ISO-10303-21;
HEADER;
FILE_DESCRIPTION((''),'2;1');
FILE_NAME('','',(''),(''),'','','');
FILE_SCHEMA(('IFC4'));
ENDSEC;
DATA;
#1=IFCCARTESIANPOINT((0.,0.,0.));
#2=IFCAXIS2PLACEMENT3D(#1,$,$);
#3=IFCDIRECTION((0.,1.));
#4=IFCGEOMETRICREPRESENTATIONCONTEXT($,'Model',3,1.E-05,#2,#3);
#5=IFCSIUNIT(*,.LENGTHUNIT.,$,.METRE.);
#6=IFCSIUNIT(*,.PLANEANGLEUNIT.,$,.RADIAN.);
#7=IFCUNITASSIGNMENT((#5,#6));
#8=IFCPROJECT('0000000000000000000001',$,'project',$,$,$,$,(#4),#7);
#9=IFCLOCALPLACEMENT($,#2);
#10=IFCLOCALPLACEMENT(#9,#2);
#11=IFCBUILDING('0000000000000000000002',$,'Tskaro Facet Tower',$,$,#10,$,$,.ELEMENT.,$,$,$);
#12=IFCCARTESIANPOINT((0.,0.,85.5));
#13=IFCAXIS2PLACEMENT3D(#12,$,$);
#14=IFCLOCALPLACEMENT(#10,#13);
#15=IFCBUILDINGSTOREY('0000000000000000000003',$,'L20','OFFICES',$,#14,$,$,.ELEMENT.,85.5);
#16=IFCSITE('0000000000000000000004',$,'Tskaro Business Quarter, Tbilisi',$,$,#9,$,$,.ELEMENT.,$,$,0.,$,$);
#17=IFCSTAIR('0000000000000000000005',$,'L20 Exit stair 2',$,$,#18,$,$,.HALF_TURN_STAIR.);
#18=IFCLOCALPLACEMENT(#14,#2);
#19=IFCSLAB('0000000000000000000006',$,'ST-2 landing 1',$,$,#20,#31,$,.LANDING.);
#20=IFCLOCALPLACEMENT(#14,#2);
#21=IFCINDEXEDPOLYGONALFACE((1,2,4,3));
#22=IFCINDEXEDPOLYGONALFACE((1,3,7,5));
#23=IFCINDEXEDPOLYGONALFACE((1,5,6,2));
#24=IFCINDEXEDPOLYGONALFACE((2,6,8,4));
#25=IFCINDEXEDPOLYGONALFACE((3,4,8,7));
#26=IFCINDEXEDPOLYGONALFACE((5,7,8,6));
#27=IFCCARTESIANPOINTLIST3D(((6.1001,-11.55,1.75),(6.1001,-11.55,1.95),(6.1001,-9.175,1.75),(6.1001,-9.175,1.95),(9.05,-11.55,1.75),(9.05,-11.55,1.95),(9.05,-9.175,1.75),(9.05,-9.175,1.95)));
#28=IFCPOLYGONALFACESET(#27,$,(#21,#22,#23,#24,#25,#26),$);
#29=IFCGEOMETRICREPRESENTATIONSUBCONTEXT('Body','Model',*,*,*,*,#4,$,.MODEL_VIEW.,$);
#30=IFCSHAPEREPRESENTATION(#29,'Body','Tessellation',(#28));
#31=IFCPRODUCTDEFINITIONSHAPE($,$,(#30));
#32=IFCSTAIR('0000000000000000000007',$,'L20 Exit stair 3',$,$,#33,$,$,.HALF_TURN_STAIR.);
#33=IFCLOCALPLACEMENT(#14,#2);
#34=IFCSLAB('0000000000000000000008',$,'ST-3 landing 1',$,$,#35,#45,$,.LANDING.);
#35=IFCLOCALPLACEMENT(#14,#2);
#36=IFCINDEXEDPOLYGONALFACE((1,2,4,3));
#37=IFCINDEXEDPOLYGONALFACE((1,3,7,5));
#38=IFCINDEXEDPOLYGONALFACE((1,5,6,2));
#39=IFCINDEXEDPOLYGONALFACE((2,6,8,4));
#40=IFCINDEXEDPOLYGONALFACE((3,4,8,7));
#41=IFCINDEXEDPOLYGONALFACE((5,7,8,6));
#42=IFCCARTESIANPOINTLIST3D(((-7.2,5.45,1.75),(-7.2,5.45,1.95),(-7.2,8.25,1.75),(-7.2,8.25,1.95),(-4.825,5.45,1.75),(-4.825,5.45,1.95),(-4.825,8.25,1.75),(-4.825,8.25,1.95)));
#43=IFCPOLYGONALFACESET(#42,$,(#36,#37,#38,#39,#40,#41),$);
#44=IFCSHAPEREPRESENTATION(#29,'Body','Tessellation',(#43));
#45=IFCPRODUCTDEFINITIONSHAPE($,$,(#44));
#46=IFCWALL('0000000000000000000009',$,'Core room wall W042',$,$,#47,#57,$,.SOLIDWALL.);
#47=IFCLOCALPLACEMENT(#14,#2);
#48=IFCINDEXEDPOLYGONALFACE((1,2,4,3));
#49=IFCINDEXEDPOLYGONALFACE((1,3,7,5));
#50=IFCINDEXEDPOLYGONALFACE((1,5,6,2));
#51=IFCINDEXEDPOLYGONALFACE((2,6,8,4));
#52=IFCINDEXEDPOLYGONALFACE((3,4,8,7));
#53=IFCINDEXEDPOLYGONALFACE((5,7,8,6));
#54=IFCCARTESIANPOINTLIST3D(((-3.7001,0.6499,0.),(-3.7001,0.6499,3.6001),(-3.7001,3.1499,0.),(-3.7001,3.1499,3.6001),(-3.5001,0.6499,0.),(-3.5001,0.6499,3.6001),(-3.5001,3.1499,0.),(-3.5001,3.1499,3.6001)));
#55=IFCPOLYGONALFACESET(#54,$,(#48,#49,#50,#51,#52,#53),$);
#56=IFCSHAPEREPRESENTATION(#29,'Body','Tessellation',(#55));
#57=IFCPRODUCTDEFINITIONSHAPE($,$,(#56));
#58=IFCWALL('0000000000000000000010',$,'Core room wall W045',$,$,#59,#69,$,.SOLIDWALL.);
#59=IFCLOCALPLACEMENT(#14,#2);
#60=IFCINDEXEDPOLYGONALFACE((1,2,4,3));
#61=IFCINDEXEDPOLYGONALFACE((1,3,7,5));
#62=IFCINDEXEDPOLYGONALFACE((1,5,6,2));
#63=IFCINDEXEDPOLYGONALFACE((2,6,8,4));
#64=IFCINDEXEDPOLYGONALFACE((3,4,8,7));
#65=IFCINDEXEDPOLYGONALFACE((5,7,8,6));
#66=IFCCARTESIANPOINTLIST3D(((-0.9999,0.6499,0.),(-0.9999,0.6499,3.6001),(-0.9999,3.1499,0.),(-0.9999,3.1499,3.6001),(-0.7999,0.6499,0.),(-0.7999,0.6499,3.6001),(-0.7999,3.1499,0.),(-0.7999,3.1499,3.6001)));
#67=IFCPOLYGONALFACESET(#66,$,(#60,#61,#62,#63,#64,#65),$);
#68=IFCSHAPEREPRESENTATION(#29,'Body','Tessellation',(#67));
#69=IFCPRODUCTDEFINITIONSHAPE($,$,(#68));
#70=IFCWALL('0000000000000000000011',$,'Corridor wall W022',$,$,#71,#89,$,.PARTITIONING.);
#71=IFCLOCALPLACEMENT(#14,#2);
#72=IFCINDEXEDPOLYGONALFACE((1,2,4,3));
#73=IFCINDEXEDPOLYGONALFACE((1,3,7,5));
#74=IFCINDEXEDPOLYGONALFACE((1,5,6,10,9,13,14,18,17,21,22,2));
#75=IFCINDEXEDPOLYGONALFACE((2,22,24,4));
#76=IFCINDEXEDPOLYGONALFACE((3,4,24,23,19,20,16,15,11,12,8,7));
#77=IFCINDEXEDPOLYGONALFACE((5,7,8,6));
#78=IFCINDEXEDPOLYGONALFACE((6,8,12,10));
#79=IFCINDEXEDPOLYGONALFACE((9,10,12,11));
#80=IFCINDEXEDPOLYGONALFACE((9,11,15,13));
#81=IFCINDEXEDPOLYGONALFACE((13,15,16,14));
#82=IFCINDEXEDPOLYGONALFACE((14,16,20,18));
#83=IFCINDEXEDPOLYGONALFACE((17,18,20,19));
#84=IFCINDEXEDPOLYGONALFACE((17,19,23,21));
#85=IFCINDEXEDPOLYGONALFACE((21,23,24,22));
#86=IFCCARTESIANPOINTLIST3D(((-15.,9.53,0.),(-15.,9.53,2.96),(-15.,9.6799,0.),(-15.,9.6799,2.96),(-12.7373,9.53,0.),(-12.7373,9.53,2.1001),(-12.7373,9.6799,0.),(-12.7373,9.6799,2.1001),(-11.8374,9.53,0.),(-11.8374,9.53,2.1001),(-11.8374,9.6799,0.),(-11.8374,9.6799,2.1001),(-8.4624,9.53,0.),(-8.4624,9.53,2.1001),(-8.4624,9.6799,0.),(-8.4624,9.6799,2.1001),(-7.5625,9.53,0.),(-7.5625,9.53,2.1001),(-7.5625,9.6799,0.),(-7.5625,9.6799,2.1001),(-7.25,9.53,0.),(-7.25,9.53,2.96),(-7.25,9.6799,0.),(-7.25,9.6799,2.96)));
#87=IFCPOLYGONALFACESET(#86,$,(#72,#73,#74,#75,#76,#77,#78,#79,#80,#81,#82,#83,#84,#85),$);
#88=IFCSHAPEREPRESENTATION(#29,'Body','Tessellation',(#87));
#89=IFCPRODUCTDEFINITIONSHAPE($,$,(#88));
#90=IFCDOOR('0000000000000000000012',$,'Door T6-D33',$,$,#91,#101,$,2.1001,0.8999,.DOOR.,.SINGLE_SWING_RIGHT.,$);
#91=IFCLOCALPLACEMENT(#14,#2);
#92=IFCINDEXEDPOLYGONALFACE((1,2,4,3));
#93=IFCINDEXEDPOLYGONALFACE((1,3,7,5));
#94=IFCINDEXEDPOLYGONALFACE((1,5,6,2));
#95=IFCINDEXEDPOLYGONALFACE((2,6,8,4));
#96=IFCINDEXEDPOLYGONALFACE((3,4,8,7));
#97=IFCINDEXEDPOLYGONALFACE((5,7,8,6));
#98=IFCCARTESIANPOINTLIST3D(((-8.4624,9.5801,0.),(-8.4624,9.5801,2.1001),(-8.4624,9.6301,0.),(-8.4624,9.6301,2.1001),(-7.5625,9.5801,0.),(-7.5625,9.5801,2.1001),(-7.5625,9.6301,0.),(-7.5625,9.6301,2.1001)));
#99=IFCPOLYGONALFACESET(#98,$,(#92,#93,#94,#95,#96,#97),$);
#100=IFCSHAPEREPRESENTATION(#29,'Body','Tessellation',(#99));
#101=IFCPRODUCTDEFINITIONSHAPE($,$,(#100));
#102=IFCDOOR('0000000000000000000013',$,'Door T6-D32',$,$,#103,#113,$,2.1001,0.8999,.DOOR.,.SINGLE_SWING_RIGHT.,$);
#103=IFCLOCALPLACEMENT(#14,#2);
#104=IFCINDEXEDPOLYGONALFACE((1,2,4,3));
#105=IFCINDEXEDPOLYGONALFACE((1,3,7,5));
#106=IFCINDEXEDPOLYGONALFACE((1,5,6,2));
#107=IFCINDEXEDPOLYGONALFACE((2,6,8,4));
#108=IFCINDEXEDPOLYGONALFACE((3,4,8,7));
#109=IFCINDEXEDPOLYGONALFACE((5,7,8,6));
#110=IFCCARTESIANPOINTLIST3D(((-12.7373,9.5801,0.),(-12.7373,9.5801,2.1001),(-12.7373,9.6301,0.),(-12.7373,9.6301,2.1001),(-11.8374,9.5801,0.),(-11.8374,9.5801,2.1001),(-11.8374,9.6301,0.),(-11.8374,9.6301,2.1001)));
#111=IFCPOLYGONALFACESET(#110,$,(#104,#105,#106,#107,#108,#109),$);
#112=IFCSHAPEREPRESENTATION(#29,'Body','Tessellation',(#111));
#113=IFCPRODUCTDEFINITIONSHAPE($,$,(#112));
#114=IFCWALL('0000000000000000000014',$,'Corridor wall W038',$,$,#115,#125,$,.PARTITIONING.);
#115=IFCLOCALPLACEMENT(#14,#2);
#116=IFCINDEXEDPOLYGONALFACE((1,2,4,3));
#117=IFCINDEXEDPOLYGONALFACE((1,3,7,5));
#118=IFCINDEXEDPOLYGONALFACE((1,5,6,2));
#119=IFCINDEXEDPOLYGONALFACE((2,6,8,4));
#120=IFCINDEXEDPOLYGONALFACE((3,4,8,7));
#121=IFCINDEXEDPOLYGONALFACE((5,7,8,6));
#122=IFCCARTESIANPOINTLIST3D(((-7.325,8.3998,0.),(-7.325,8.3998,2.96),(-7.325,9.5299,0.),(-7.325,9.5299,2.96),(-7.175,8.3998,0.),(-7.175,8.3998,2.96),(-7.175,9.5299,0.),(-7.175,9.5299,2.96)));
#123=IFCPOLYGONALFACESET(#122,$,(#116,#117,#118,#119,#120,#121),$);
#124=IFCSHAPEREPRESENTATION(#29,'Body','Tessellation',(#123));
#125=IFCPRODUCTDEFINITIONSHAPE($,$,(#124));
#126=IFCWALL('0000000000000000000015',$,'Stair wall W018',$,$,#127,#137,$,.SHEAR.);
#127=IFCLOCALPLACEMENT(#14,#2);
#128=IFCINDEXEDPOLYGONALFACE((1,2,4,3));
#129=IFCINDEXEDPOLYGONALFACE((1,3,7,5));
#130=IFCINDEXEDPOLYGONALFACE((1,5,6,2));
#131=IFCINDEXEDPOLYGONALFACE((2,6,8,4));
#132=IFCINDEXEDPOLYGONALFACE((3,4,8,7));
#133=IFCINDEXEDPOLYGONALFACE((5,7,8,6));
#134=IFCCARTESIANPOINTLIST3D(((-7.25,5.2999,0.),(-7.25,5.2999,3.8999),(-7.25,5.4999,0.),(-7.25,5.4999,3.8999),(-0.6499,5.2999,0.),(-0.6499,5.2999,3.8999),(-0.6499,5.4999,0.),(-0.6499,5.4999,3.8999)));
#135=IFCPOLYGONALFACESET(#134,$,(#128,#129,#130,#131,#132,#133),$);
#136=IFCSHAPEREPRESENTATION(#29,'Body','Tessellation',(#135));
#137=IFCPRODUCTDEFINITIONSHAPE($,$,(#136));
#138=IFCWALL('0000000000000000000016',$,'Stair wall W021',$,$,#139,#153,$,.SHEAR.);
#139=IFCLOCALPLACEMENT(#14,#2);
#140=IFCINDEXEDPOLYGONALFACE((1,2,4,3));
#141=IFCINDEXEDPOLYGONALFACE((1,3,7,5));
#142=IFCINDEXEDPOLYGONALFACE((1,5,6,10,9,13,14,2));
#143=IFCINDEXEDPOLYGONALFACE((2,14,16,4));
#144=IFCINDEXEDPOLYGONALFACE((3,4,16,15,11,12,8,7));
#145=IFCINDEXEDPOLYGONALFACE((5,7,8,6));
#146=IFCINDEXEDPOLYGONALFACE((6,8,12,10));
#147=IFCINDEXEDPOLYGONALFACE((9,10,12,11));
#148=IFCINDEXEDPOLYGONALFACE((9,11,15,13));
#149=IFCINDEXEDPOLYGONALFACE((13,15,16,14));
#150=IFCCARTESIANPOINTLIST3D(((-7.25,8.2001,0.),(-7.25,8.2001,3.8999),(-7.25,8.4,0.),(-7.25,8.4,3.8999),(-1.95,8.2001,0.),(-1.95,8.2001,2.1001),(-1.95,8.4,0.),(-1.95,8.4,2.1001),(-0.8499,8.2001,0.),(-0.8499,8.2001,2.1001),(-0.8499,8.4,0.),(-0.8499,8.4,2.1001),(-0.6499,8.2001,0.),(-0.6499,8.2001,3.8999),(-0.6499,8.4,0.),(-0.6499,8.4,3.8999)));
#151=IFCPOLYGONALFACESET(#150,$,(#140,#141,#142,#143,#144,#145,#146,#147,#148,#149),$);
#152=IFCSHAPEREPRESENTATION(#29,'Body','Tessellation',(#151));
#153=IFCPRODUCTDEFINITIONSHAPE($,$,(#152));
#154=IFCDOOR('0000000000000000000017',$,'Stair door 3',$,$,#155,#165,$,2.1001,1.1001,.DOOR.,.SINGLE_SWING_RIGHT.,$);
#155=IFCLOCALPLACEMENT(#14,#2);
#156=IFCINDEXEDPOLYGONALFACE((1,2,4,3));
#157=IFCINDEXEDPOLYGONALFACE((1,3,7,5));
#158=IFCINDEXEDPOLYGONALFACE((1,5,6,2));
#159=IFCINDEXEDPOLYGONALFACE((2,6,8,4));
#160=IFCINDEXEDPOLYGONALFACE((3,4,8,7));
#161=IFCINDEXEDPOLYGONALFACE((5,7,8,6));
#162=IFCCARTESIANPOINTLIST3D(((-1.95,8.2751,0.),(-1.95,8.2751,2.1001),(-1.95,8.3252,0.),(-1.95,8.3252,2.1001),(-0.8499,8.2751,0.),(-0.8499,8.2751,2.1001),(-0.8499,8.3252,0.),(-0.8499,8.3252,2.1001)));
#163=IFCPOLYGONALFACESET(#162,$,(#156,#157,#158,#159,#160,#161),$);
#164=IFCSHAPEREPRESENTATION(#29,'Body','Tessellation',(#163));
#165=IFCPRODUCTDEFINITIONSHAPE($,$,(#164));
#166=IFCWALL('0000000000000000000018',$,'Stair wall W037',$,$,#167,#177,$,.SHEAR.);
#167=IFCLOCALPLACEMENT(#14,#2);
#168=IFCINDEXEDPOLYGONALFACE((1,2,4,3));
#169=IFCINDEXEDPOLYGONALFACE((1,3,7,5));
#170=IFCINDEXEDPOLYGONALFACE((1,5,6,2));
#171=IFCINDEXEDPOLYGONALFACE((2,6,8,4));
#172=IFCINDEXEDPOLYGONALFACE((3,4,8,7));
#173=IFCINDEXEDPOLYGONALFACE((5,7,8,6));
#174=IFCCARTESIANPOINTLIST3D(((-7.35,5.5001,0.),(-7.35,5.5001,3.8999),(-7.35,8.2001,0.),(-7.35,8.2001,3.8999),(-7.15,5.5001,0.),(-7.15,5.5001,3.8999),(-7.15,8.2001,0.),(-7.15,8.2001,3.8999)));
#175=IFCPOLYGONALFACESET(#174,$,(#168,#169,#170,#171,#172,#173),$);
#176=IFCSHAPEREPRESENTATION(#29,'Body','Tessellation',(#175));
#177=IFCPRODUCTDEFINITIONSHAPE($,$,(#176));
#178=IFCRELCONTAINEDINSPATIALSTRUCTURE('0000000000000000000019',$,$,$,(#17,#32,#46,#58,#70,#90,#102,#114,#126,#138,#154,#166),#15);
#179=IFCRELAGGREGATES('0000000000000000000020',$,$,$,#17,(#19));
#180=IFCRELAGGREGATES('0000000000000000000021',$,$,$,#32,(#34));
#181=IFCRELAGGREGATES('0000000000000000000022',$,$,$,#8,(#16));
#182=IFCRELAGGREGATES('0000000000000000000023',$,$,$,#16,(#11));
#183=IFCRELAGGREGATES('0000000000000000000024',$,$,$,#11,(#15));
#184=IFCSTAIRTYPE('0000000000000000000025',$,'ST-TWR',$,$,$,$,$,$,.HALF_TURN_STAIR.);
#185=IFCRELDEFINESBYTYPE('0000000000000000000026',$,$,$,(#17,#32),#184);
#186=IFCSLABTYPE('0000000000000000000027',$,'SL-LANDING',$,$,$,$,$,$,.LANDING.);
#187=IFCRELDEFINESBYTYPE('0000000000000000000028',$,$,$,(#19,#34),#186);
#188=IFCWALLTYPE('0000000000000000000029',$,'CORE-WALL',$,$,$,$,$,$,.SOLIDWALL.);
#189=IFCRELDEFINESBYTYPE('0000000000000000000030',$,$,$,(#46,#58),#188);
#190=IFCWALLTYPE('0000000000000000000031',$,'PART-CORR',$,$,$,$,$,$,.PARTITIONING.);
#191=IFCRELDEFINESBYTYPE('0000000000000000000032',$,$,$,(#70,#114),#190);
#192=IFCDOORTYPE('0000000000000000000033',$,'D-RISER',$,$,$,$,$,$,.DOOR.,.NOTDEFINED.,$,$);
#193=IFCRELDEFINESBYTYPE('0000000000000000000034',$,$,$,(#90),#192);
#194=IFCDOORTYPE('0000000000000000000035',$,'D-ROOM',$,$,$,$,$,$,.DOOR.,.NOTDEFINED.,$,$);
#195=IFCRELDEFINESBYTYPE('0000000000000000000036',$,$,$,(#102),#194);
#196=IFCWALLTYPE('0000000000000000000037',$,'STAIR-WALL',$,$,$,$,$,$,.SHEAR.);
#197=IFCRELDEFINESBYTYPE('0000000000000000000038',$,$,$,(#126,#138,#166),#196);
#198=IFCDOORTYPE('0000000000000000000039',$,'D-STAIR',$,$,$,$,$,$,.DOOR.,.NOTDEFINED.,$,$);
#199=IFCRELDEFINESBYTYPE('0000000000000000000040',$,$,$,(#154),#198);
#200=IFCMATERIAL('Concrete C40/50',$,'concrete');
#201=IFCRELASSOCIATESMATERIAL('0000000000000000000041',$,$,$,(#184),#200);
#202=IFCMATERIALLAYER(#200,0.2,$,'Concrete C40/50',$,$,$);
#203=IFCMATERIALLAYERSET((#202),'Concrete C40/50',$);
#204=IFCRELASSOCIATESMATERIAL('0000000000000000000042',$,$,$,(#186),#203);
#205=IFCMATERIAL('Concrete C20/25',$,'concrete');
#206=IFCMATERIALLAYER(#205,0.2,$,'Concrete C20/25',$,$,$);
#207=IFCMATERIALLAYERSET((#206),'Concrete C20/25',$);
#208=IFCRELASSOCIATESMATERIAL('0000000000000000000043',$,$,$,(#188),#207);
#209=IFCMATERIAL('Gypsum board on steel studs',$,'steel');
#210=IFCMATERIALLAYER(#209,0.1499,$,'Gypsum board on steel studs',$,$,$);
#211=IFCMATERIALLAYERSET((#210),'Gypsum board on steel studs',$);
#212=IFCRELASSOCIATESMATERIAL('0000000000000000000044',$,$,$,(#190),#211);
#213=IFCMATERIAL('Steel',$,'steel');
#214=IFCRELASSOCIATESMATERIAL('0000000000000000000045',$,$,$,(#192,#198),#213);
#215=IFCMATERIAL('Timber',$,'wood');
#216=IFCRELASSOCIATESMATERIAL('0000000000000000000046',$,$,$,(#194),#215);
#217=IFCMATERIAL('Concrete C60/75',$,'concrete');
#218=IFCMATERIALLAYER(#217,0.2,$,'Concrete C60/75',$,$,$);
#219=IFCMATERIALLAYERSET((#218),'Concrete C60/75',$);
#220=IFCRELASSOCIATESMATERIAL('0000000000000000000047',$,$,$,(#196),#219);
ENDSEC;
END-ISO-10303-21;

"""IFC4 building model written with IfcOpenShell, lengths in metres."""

from ifc_helpers import new_model, si_unit, direction, frame, frame_2d, origin, place, context, subcontext, project, spatial, polyline, rectangle, outline, extrude, material, layer, layer_set, type_object, element, fill, aggregate, save


model = new_model("IFC4")

# Units and contexts
model_context = context("Model", 3, precision=1e-05, world=origin(), true_north=direction((0.0, 1.0)))
body_context = subcontext(model_context, "Body", "Model", "MODEL_VIEW")
ifc_project = project(units=[si_unit("LENGTHUNIT", "METRE"), si_unit("PLANEANGLEUNIT", "RADIAN")], contexts=[model_context])

# Site, building, storey
site_placement = place(None, origin())
site = spatial("IfcSite", under=ifc_project, at=site_placement, Name="Tskaro Business Quarter, Tbilisi", CompositionType="ELEMENT", RefElevation=0.0)
building_placement = place(site_placement, origin())
building = spatial("IfcBuilding", under=site, at=building_placement, Name="Tskaro Facet Tower", CompositionType="ELEMENT")
storey_placement = place(building_placement, frame((0.0, 0.0, 85.5)))
storey = spatial("IfcBuildingStorey", under=building, at=storey_placement, Name="L20", Description="OFFICES", CompositionType="ELEMENT", Elevation=85.5)

# Stairs, slabs
ifc_material_1 = material(Name="Concrete C40/50", Category="concrete")
stair_type = type_object("IfcStairType", Name="ST-TWR", PredefinedType="HALF_TURN_STAIR", material=ifc_material_1)
ifc_layer_1 = layer(ifc_material_1, 0.2, Name="Concrete C40/50")
ifc_layer_set_1 = layer_set([ifc_layer_1], Name="Concrete C40/50")
slab_type = type_object("IfcSlabType", Name="SL-LANDING", PredefinedType="LANDING", material=ifc_layer_set_1)
stair_1_placement = place(storey_placement, origin())
stair_1 = element("IfcStair", 1, at=stair_1_placement, inside=storey, type_object=stair_type, Name="L20 Exit stair 2", PredefinedType="HALF_TURN_STAIR")
slab_1_placement = place(storey_placement, frame((0.0, 0.0, 1.75)))
slab_1 = element("IfcSlab", 2, at=slab_1_placement, type_object=slab_type, Name="ST-2 landing 1", PredefinedType="LANDING", context=body_context, shape_type="SweptSolid", body=[
    extrude(outline(polyline([(6.1001, -11.55), (9.05, -11.55), (9.05, -9.175), (6.1001, -9.175), (6.1001, -11.55)])), origin(), (0.0, 0.0, 1.0), 0.2),
])
aggregate(stair_1, [slab_1])
stair_2_placement = place(storey_placement, origin())
stair_2 = element("IfcStair", 3, at=stair_2_placement, inside=storey, type_object=stair_type, Name="L20 Exit stair 3", PredefinedType="HALF_TURN_STAIR")
slab_2_placement = place(storey_placement, frame((0.0, 0.0, 1.75)))
slab_2 = element("IfcSlab", 4, at=slab_2_placement, type_object=slab_type, Name="ST-3 landing 1", PredefinedType="LANDING", context=body_context, shape_type="SweptSolid", body=[
    extrude(outline(polyline([(-7.2, 5.45), (-4.825, 5.45), (-4.825, 8.25), (-7.2, 8.25), (-7.2, 5.45)])), origin(), (0.0, 0.0, 1.0), 0.2),
])

# Walls
ifc_material_2 = material(Name="Concrete C20/25", Category="concrete")
ifc_layer_2 = layer(ifc_material_2, 0.2, Name="Concrete C20/25")
ifc_layer_set_2 = layer_set([ifc_layer_2], Name="Concrete C20/25")
wall_type_1 = type_object("IfcWallType", Name="CORE-WALL", PredefinedType="SOLIDWALL", material=ifc_layer_set_2)
for number, where, z_axis, x_axis, name in (
    (5, (-3.6001, 0.6499, 0.0), (0.0, 0.0, 1.0), (0.0, 1.0, 0.0), "Core room wall W042"),
    (6, (-0.8999, 0.6499, 0.0), (0.0, 0.0, 1.0), (0.0, 1.0, 0.0), "Core room wall W045"),
):
    element("IfcWall", number, at=place(storey_placement, frame(where, z_axis=z_axis, x_axis=x_axis)), inside=storey, type_object=wall_type_1, Name=name, PredefinedType="SOLIDWALL", context=body_context, shape_type="SweptSolid", body=[
        extrude(rectangle(XDim=2.5, YDim=0.2, at=frame_2d((1.25, 0.0))), origin(), (0.0, 0.0, 1.0), 3.6001),
    ])

# Wall, openings, doors
ifc_material_3 = material(Name="Gypsum board on steel studs", Category="steel")
ifc_layer_3 = layer(ifc_material_3, 0.1499, Name="Gypsum board on steel studs")
ifc_layer_set_3 = layer_set([ifc_layer_3], Name="Gypsum board on steel studs")
wall_type_2 = type_object("IfcWallType", Name="PART-CORR", PredefinedType="PARTITIONING", material=ifc_layer_set_3)
wall_1_placement = place(storey_placement, frame((-7.25, 9.605, 0.0), z_axis=(0.0, 0.0, 1.0), x_axis=(-1.0, 0.0, 0.0)))
wall_1 = element("IfcWall", 7, at=wall_1_placement, inside=storey, type_object=wall_type_2, Name="Corridor wall W022", PredefinedType="PARTITIONING", context=body_context, shape_type="SweptSolid", body=[
    extrude(rectangle(XDim=7.75, YDim=0.1499, at=frame_2d((3.875, 0.0))), origin(), (0.0, 0.0, 1.0), 2.96),
])
opening_1_placement = place(wall_1_placement, frame((0.3125, 0.0, 0.0)))
opening_1 = element("IfcOpeningElement", 8, at=opening_1_placement, cuts=wall_1, PredefinedType="OPENING", context=body_context, shape_type="SweptSolid", body=[
    extrude(rectangle(XDim=0.8999, YDim=2.1001, at=frame_2d((0.45, 1.05))), frame((0.0, 0.085, 0.0), z_axis=(0.0, -1.0, 0.0), x_axis=(1.0, 0.0, 0.0)), (0.0, 0.0, 1.0), 0.1699),
])
opening_2_placement = place(wall_1_placement, frame((4.5874, 0.0, 0.0)))
opening_2 = element("IfcOpeningElement", 9, at=opening_2_placement, cuts=wall_1, PredefinedType="OPENING", context=body_context, shape_type="SweptSolid", body=[
    extrude(rectangle(XDim=0.8999, YDim=2.1001, at=frame_2d((0.45, 1.05))), frame((0.0, 0.085, 0.0), z_axis=(0.0, -1.0, 0.0), x_axis=(1.0, 0.0, 0.0)), (0.0, 0.0, 1.0), 0.1699),
])
ifc_material_4 = material(Name="Steel", Category="steel")
door_type_1 = type_object("IfcDoorType", Name="D-RISER", OperationType="NOTDEFINED", PredefinedType="DOOR", material=ifc_material_4)
door_1_placement = place(opening_1_placement, origin())
door_1 = element("IfcDoor", 10, at=door_1_placement, inside=storey, type_object=door_type_1, Name="Door T6-D33", OperationType="SINGLE_SWING_RIGHT", OverallHeight=2.1001, OverallWidth=0.8999, PredefinedType="DOOR", context=body_context, shape_type="SweptSolid", body=[
    extrude(rectangle(XDim=0.8999, YDim=2.1001, at=frame_2d((0.45, 1.05))), frame((0.0, 0.0249, 0.0), z_axis=(0.0, -1.0, 0.0), x_axis=(1.0, 0.0, 0.0)), (0.0, 0.0, 1.0), 0.05),
])
fill(opening_1, door_1)
ifc_material_5 = material(Name="Timber", Category="wood")
door_type_2 = type_object("IfcDoorType", Name="D-ROOM", OperationType="NOTDEFINED", PredefinedType="DOOR", material=ifc_material_5)
door_2_placement = place(opening_2_placement, origin())
door_2 = element("IfcDoor", 11, at=door_2_placement, inside=storey, type_object=door_type_2, Name="Door T6-D32", OperationType="SINGLE_SWING_RIGHT", OverallHeight=2.1001, OverallWidth=0.8999, PredefinedType="DOOR", context=body_context, shape_type="SweptSolid", body=[
    extrude(rectangle(XDim=0.8999, YDim=2.1001, at=frame_2d((0.45, 1.05))), frame((0.0, 0.0249, 0.0), z_axis=(0.0, -1.0, 0.0), x_axis=(1.0, 0.0, 0.0)), (0.0, 0.0, 1.0), 0.05),
])
fill(opening_2, door_2)

# Walls
wall_2_placement = place(storey_placement, frame((-7.25, 8.3999, 0.0), z_axis=(0.0, 0.0, 1.0), x_axis=(0.0, 1.0, 0.0)))
element("IfcWall", 12, at=wall_2_placement, inside=storey, type_object=wall_type_2, Name="Corridor wall W038", PredefinedType="PARTITIONING", context=body_context, shape_type="SweptSolid", body=[
    extrude(rectangle(XDim=1.1301, YDim=0.1499, at=frame_2d((0.5649, 0.0))), origin(), (0.0, 0.0, 1.0), 2.96),
])
ifc_material_6 = material(Name="Concrete C60/75", Category="concrete")
ifc_layer_4 = layer(ifc_material_6, 0.2, Name="Concrete C60/75")
ifc_layer_set_4 = layer_set([ifc_layer_4], Name="Concrete C60/75")
wall_type_3 = type_object("IfcWallType", Name="STAIR-WALL", PredefinedType="SHEAR", material=ifc_layer_set_4)
wall_3_placement = place(storey_placement, frame((-7.25, 5.3999, 0.0), z_axis=(0.0, 0.0, 1.0), x_axis=(1.0, 0.0, 0.0)))
element("IfcWall", 13, at=wall_3_placement, inside=storey, type_object=wall_type_3, Name="Stair wall W018", PredefinedType="SHEAR", context=body_context, shape_type="SweptSolid", body=[
    extrude(rectangle(XDim=6.6001, YDim=0.2, at=frame_2d((3.3, 0.0))), origin(), (0.0, 0.0, 1.0), 3.8999),
])

# Wall, opening, door
wall_4_placement = place(storey_placement, frame((-0.6499, 8.3, 0.0), z_axis=(0.0, 0.0, 1.0), x_axis=(-1.0, 0.0, 0.0)))
wall_4 = element("IfcWall", 14, at=wall_4_placement, inside=storey, type_object=wall_type_3, Name="Stair wall W021", PredefinedType="SHEAR", context=body_context, shape_type="SweptSolid", body=[
    extrude(rectangle(XDim=6.6001, YDim=0.2, at=frame_2d((3.3, 0.0))), origin(), (0.0, 0.0, 1.0), 3.8999),
])
opening_3_placement = place(wall_4_placement, frame((0.2, 0.0, 0.0)))
opening_3 = element("IfcOpeningElement", 15, at=opening_3_placement, cuts=wall_4, PredefinedType="OPENING", context=body_context, shape_type="SweptSolid", body=[
    extrude(rectangle(XDim=1.1001, YDim=2.1001, at=frame_2d((0.55, 1.05))), frame((0.0, 0.1099, 0.0), z_axis=(0.0, -1.0, 0.0), x_axis=(1.0, 0.0, 0.0)), (0.0, 0.0, 1.0), 0.22),
])
door_type_3 = type_object("IfcDoorType", Name="D-STAIR", OperationType="NOTDEFINED", PredefinedType="DOOR", material=ifc_material_4)
door_3_placement = place(opening_3_placement, origin())
door_3 = element("IfcDoor", 16, at=door_3_placement, inside=storey, type_object=door_type_3, Name="Stair door 3", OperationType="SINGLE_SWING_RIGHT", OverallHeight=2.1001, OverallWidth=1.1001, PredefinedType="DOOR", context=body_context, shape_type="SweptSolid", body=[
    extrude(rectangle(XDim=1.1001, YDim=2.1001, at=frame_2d((0.55, 1.05))), frame((0.0, 0.0249, 0.0), z_axis=(0.0, -1.0, 0.0), x_axis=(1.0, 0.0, 0.0)), (0.0, 0.0, 1.0), 0.05),
])
fill(opening_3, door_3)

# Wall
for number, where, z_axis, x_axis, name in (
    (17, (-7.25, 5.5, 0.0), (0.0, 0.0, 1.0), (0.0, 1.0, 0.0), "Stair wall W037"),
):
    element("IfcWall", number, at=place(storey_placement, frame(where, z_axis=z_axis, x_axis=x_axis)), inside=storey, type_object=wall_type_3, Name=name, PredefinedType="SHEAR", context=body_context, shape_type="SweptSolid", body=[
        extrude(rectangle(XDim=2.7, YDim=0.2, at=frame_2d((1.3501, 0.0))), origin(), (0.0, 0.0, 1.0), 3.8999),
    ])

aggregate(stair_2, [slab_2])

save(model, "model.ifc")
